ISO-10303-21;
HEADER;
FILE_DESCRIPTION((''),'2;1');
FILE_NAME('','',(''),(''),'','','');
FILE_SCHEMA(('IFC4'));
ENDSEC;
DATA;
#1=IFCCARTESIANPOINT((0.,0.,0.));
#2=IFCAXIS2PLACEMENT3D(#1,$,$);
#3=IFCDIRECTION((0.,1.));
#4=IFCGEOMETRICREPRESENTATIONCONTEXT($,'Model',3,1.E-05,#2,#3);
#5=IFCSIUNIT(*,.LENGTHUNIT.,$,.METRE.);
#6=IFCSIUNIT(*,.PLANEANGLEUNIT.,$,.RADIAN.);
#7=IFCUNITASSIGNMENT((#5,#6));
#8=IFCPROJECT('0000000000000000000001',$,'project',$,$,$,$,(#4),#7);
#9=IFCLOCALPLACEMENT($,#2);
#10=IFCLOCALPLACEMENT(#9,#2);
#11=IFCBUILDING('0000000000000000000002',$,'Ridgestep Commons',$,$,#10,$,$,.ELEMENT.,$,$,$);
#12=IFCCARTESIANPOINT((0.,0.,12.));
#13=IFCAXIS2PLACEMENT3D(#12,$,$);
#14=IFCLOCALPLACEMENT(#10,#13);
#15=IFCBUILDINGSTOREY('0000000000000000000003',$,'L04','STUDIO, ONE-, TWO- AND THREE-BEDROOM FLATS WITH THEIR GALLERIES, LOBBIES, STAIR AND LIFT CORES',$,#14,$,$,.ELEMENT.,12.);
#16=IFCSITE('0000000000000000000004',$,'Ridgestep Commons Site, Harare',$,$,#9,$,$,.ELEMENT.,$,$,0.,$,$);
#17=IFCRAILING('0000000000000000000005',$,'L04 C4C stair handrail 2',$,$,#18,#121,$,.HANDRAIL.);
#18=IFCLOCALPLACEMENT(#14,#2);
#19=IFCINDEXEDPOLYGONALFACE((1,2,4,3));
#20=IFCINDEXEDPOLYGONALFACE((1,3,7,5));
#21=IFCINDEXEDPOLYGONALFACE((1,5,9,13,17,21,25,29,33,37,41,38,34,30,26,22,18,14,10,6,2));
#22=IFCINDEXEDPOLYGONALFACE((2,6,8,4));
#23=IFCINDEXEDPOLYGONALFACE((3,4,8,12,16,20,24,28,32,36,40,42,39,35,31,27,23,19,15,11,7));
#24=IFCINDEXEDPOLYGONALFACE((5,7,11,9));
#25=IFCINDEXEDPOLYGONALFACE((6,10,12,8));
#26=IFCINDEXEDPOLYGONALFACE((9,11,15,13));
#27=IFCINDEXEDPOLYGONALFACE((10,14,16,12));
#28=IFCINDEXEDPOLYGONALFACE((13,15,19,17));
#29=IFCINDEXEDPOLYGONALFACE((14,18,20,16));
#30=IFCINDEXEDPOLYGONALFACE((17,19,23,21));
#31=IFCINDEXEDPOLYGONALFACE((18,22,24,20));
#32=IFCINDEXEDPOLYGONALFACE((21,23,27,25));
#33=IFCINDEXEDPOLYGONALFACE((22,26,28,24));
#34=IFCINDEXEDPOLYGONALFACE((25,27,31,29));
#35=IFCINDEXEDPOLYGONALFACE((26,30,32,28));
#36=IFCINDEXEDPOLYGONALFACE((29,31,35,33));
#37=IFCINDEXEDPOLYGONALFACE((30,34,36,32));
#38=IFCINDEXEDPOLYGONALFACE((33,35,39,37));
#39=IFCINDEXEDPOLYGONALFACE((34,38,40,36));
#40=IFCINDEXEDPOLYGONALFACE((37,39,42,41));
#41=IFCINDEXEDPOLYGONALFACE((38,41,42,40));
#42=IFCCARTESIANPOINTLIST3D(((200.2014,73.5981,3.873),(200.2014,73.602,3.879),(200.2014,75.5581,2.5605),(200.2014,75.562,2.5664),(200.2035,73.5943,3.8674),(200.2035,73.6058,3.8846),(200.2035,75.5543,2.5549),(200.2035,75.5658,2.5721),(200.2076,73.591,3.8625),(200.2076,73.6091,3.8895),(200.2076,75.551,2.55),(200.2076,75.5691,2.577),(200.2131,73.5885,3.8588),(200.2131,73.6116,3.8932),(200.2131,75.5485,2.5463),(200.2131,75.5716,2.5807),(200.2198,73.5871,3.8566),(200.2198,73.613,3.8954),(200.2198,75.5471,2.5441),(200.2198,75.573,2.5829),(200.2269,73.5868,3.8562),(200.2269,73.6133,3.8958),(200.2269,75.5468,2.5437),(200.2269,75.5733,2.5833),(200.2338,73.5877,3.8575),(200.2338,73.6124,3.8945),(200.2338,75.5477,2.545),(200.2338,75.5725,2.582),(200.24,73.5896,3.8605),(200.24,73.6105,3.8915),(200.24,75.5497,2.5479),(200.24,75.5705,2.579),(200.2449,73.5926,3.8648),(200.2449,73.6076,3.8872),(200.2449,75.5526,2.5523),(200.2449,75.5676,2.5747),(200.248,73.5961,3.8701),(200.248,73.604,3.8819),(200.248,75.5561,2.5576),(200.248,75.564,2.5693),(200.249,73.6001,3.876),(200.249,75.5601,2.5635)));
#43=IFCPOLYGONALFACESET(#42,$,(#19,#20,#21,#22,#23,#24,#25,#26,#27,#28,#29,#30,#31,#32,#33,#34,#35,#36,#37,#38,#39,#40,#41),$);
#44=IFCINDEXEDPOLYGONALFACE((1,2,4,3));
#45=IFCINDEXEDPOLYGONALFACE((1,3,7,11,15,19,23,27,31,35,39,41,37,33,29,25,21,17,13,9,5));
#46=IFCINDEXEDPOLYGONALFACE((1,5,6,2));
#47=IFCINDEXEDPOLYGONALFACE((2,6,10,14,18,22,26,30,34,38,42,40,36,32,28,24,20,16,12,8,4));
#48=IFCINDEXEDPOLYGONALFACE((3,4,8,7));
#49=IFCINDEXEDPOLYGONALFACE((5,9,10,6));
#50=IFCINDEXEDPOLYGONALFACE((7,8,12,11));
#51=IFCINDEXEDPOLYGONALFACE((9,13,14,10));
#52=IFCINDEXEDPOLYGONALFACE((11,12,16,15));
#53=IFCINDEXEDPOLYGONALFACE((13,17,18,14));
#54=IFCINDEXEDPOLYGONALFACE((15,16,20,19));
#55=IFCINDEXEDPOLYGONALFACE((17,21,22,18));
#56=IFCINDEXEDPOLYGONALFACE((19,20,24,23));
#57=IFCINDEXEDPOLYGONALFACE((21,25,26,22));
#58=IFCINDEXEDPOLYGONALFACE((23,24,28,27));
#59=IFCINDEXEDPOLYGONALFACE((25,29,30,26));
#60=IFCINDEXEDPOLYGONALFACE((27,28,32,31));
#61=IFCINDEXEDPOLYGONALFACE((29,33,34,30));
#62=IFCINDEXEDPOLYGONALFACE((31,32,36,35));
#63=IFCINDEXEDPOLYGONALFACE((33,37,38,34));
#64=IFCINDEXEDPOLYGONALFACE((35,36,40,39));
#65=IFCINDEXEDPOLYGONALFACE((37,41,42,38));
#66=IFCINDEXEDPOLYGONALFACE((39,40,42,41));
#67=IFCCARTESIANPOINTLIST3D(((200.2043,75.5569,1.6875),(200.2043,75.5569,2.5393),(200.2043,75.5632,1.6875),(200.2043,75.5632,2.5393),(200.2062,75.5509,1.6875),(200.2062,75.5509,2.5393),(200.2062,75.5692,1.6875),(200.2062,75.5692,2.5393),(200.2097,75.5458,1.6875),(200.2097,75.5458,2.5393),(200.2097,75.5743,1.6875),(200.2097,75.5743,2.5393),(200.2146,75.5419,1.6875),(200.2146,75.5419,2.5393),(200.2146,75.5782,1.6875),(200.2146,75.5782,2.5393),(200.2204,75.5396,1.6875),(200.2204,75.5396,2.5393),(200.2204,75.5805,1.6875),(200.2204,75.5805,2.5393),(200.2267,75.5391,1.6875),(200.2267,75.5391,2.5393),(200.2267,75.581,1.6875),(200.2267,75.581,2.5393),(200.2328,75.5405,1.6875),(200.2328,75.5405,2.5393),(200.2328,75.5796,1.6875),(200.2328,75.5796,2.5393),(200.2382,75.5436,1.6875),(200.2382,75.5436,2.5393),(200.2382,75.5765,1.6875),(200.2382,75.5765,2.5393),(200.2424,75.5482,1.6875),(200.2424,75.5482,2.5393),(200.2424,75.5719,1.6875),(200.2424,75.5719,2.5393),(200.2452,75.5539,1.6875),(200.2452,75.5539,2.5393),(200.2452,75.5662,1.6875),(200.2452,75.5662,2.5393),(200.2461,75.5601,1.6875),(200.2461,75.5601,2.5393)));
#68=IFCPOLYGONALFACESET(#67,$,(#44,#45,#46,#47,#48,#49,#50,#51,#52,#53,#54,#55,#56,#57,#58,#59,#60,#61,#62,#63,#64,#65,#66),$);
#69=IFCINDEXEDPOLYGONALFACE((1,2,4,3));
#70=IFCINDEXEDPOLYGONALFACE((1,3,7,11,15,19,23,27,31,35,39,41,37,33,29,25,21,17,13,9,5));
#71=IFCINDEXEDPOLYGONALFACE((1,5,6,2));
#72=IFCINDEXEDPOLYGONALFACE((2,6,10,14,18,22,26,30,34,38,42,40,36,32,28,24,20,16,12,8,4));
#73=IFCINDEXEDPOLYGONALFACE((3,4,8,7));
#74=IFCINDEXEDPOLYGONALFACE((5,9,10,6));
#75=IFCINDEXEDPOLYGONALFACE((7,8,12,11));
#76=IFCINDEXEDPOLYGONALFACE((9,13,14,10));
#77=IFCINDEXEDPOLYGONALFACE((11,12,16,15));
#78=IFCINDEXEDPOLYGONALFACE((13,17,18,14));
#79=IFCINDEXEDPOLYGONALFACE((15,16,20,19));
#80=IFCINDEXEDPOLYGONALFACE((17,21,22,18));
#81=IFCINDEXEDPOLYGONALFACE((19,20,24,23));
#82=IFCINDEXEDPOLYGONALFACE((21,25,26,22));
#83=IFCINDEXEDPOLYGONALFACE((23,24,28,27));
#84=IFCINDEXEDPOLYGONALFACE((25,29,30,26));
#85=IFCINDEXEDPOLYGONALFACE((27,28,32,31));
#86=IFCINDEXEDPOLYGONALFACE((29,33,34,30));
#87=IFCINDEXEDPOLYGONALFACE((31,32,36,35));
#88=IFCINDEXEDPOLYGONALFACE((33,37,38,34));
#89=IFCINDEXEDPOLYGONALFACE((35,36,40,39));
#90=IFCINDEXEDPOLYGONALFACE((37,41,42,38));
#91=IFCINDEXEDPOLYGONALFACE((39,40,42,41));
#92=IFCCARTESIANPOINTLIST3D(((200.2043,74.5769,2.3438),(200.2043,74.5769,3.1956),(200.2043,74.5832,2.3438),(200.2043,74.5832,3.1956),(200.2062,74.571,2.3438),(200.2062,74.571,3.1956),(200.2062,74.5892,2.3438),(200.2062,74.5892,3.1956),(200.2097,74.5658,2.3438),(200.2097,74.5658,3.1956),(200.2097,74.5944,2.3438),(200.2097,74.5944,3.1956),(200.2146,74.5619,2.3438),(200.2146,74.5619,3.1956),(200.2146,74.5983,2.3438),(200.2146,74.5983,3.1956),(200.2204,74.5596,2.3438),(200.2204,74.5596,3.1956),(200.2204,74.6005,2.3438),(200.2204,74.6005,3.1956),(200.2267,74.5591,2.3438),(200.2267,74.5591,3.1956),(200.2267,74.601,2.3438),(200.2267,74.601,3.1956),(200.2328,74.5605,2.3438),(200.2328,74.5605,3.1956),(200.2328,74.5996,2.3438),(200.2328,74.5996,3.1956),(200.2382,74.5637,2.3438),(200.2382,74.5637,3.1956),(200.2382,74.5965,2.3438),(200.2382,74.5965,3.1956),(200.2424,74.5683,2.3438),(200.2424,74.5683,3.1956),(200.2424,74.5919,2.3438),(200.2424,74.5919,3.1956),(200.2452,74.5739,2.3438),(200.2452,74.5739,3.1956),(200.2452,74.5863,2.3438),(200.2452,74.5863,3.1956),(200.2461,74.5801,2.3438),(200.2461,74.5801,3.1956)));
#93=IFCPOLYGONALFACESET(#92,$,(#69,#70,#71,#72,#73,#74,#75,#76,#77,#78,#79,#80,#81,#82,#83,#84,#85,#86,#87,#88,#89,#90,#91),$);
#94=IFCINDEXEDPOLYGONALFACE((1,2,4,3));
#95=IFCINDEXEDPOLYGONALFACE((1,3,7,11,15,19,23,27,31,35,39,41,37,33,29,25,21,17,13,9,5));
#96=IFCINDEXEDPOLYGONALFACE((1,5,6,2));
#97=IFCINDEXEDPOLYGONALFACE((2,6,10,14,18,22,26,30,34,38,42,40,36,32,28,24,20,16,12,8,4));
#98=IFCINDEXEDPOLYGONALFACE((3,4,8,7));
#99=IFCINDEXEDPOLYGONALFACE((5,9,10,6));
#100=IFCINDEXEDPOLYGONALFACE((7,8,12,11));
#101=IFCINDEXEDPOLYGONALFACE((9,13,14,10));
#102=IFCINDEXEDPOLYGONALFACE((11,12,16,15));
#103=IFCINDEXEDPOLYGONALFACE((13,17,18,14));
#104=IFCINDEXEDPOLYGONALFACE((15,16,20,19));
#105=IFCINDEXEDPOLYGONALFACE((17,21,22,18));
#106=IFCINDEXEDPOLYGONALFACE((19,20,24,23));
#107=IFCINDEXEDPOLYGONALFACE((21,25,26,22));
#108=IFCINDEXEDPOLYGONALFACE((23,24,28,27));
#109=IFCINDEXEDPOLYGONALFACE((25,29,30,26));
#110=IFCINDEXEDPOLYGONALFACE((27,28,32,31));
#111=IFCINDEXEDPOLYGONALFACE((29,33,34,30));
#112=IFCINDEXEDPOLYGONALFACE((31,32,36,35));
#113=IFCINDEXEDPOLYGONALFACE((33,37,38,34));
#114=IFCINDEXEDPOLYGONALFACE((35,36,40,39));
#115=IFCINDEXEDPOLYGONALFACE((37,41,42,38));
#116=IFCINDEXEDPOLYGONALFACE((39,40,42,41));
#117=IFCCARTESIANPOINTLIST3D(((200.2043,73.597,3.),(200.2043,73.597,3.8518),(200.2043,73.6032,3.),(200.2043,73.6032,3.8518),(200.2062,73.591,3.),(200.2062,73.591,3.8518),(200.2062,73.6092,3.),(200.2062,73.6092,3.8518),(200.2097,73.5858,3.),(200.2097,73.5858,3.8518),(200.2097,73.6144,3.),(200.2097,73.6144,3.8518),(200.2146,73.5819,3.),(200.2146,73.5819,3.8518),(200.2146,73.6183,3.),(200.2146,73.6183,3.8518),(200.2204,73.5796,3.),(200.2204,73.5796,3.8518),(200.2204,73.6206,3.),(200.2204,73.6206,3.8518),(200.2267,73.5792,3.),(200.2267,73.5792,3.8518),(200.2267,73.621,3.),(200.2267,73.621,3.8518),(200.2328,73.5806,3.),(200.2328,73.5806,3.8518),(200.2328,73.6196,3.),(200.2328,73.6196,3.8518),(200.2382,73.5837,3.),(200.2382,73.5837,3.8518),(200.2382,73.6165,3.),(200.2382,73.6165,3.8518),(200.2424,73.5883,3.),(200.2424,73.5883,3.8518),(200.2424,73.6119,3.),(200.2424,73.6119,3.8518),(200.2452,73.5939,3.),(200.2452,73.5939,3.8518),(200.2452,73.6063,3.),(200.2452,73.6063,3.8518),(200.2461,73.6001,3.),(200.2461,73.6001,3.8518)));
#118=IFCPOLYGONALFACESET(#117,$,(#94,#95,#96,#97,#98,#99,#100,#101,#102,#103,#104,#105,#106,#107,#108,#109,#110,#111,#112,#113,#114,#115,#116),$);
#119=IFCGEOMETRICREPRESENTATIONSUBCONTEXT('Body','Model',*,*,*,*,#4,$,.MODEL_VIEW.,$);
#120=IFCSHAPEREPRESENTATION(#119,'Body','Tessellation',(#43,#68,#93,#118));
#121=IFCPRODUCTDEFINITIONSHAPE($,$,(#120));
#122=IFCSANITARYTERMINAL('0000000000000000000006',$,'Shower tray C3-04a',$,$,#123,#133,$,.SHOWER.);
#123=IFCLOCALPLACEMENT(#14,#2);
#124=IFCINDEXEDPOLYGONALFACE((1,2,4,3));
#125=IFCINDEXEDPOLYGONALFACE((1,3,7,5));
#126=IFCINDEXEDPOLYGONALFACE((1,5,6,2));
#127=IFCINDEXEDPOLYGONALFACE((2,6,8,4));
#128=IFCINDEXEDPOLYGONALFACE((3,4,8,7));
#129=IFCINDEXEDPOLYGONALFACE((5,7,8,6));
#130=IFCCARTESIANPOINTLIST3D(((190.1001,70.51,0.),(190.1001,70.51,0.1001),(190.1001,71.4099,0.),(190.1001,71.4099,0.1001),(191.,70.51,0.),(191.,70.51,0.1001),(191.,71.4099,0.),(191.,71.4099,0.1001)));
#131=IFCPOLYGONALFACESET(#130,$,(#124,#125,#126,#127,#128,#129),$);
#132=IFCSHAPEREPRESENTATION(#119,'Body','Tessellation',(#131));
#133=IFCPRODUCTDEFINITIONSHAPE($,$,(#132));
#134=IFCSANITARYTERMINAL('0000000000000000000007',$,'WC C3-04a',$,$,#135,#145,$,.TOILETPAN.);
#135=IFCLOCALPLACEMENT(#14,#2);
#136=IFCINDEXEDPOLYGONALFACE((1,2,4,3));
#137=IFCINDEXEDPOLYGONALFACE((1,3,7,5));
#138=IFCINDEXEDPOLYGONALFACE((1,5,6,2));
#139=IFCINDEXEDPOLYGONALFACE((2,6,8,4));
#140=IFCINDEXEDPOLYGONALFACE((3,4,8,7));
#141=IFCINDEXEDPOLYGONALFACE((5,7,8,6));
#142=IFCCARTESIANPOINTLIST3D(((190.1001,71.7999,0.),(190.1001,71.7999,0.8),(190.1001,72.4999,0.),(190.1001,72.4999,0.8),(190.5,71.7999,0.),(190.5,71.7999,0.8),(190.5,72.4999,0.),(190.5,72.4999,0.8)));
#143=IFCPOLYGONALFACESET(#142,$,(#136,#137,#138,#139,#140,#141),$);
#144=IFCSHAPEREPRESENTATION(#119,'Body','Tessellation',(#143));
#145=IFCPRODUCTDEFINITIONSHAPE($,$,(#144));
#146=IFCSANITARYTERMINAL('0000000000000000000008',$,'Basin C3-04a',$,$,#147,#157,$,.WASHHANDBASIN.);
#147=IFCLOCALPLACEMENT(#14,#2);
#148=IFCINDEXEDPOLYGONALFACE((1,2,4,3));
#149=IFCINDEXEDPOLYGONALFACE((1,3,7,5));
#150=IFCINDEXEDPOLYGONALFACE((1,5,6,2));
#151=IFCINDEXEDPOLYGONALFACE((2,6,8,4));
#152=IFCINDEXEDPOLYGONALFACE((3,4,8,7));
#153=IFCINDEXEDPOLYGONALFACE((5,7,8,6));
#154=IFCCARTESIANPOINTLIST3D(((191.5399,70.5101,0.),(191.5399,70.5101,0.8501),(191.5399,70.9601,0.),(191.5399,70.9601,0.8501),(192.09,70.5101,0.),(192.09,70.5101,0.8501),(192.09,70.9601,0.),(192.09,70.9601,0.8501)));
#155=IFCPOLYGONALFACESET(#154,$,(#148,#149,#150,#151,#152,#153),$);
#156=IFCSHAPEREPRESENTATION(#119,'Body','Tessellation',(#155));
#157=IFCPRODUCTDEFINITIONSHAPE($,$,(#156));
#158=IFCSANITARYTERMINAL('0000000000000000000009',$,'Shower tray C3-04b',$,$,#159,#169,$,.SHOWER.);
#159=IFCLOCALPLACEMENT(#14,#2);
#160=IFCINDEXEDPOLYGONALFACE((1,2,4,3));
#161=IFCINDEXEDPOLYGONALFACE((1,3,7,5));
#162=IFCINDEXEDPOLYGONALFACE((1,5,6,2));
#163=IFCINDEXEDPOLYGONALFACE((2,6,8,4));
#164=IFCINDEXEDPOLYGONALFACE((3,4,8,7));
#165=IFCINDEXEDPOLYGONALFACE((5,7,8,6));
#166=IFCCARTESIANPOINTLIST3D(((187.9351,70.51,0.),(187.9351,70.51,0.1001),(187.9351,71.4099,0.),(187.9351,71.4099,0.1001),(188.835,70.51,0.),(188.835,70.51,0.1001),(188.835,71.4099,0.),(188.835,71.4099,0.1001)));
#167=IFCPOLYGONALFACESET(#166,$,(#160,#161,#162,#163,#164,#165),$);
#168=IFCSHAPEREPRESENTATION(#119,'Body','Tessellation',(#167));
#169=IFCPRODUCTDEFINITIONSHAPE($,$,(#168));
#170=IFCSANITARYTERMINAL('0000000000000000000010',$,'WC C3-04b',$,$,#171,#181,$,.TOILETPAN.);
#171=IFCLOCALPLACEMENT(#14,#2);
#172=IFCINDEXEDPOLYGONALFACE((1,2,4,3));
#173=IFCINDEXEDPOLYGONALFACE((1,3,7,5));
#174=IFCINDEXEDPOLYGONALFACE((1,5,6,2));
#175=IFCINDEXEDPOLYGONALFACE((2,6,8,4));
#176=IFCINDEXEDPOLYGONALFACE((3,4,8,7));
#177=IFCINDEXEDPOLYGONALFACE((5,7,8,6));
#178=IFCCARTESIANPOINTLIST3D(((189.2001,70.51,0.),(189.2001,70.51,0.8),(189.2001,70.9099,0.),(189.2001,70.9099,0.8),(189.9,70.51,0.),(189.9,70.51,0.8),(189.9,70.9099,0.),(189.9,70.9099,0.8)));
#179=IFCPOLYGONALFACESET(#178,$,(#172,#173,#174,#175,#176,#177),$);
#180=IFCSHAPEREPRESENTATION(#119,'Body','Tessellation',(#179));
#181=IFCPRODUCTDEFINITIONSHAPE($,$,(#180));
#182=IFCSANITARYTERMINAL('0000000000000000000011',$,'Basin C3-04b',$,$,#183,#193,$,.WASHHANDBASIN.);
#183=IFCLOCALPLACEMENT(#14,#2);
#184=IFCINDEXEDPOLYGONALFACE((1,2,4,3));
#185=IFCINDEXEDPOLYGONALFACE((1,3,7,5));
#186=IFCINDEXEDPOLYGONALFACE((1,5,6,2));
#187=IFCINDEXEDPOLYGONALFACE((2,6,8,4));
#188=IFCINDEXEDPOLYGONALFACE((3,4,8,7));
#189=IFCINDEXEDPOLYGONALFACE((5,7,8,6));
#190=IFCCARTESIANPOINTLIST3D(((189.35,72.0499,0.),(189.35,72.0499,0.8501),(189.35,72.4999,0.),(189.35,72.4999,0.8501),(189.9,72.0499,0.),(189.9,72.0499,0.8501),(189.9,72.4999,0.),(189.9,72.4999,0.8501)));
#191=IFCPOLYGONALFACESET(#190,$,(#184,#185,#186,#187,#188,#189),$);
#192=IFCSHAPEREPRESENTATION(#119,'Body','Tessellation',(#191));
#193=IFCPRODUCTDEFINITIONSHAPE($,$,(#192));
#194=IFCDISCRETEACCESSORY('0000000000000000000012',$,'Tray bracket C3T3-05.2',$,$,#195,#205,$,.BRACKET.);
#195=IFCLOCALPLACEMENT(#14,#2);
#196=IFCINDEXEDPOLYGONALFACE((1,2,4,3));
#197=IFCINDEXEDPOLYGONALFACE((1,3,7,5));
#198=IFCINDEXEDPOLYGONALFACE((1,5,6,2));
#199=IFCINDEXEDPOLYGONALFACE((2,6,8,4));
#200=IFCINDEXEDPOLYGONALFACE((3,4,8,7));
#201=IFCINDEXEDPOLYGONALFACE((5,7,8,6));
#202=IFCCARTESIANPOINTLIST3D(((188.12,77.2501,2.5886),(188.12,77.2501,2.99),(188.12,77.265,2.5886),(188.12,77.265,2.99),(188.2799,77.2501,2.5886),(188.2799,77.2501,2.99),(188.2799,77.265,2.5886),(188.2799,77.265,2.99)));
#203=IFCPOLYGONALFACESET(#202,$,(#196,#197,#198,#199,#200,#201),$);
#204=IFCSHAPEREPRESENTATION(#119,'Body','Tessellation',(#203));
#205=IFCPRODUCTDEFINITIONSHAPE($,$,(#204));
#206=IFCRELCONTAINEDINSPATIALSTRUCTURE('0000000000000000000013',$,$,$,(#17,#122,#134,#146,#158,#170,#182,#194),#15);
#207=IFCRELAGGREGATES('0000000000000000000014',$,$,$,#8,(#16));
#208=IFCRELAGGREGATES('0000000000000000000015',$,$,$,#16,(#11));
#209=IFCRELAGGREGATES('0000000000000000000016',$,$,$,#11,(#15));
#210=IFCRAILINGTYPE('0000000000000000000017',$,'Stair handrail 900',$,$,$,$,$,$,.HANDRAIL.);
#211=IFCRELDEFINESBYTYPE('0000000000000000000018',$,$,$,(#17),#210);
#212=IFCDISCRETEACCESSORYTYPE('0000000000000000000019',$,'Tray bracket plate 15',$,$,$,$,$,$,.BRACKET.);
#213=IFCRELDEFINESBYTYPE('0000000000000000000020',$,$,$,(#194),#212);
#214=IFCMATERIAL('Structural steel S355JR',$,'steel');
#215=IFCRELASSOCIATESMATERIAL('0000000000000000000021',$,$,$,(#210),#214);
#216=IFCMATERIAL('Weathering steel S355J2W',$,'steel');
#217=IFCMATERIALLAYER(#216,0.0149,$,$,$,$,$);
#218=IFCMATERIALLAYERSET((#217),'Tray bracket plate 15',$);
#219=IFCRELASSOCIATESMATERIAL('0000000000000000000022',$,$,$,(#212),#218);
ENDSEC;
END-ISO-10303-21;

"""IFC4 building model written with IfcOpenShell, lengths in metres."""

from ifc_helpers import new_model, si_unit, direction, frame, origin, origin_2d, place, context, subcontext, project, spatial, rectangle, circle, extrude, material, layer, layer_set, type_object, element, save


model = new_model("IFC4")

# Units and contexts
model_context = context("Model", 3, precision=1e-05, world=origin(), true_north=direction((0.0, 1.0)))
body_context = subcontext(model_context, "Body", "Model", "MODEL_VIEW")
ifc_project = project(units=[si_unit("LENGTHUNIT", "METRE"), si_unit("PLANEANGLEUNIT", "RADIAN")], contexts=[model_context])

# Site, building, storey
site_placement = place(None, origin())
site = spatial("IfcSite", under=ifc_project, at=site_placement, Name="Ridgestep Commons Site, Harare", CompositionType="ELEMENT", RefElevation=0.0)
building_placement = place(site_placement, origin())
building = spatial("IfcBuilding", under=site, at=building_placement, Name="Ridgestep Commons", CompositionType="ELEMENT")
storey_placement = place(building_placement, frame((0.0, 0.0, 12.0)))
storey = spatial("IfcBuildingStorey", under=building, at=storey_placement, Name="L04", Description="STUDIO, ONE-, TWO- AND THREE-BEDROOM FLATS WITH THEIR GALLERIES, LOBBIES, STAIR AND LIFT CORES", CompositionType="ELEMENT", Elevation=12.0)

# Railing
ifc_material_1 = material(Name="Structural steel S355JR", Category="steel")
railing_type_1 = type_object("IfcRailingType", Name="Stair handrail 900", PredefinedType="HANDRAIL", material=ifc_material_1)
railing_1_placement = place(storey_placement, frame((200.2251, 75.5601, 1.6875)))
element("IfcRailing", 1, at=railing_1_placement, inside=storey, type_object=railing_type_1, Name="L04 C4C stair handrail 2", PredefinedType="HANDRAIL", context=body_context, shape_type="SweptSolid", body=[
    extrude(circle(Radius=0.0239, at=origin_2d()), frame((0.0, 0.0, 0.876), z_axis=(0.0, -0.830902, 0.556419), x_axis=(1.0, 0.0, 0.0)), (0.0, 0.0, 1.0), 2.3589),
    extrude(circle(Radius=0.021, at=origin_2d()), origin(), (0.0, 0.0, 1.0), 0.8518),
    extrude(circle(Radius=0.021, at=origin_2d()), frame((0.0, -0.98, 0.6562)), (0.0, 0.0, 1.0), 0.8518),
    extrude(circle(Radius=0.021, at=origin_2d()), frame((0.0, -1.96, 1.3125)), (0.0, 0.0, 1.0), 0.8518),
])

# Sanitary terminals
sanitary_terminal_1_placement = place(storey_placement, frame((190.55, 70.96, 0.0), z_axis=(0.0, 0.0, 1.0), x_axis=(1.0, 0.0, 0.0)))
element("IfcSanitaryTerminal", 2, at=sanitary_terminal_1_placement, inside=storey, Name="Shower tray C3-04a", PredefinedType="SHOWER", context=body_context, shape_type="SweptSolid", body=[
    extrude(rectangle(XDim=0.8999, YDim=0.8999, at=origin_2d()), origin(), (0.0, 0.0, 1.0), 0.1001),
])
sanitary_terminal_2_placement = place(storey_placement, frame((190.3, 72.1499, 0.0), z_axis=(0.0, 0.0, 1.0), x_axis=(1.0, 0.0, 0.0)))
element("IfcSanitaryTerminal", 3, at=sanitary_terminal_2_placement, inside=storey, Name="WC C3-04a", PredefinedType="TOILETPAN", context=body_context, shape_type="SweptSolid", body=[
    extrude(rectangle(XDim=0.3999, YDim=0.7, at=origin_2d()), origin(), (0.0, 0.0, 1.0), 0.8),
])
sanitary_terminal_3_placement = place(storey_placement, frame((191.8149, 70.7351, 0.0), z_axis=(0.0, 0.0, 1.0), x_axis=(1.0, 0.0, 0.0)))
element("IfcSanitaryTerminal", 4, at=sanitary_terminal_3_placement, inside=storey, Name="Basin C3-04a", PredefinedType="WASHHANDBASIN", context=body_context, shape_type="SweptSolid", body=[
    extrude(rectangle(XDim=0.55, YDim=0.45, at=origin_2d()), origin(), (0.0, 0.0, 1.0), 0.8501),
])
sanitary_terminal_4_placement = place(storey_placement, frame((188.385, 70.96, 0.0), z_axis=(0.0, 0.0, 1.0), x_axis=(1.0, 0.0, 0.0)))
element("IfcSanitaryTerminal", 5, at=sanitary_terminal_4_placement, inside=storey, Name="Shower tray C3-04b", PredefinedType="SHOWER", context=body_context, shape_type="SweptSolid", body=[
    extrude(rectangle(XDim=0.8999, YDim=0.8999, at=origin_2d()), origin(), (0.0, 0.0, 1.0), 0.1001),
])
sanitary_terminal_5_placement = place(storey_placement, frame((189.55, 70.71, 0.0), z_axis=(0.0, 0.0, 1.0), x_axis=(1.0, 0.0, 0.0)))
element("IfcSanitaryTerminal", 6, at=sanitary_terminal_5_placement, inside=storey, Name="WC C3-04b", PredefinedType="TOILETPAN", context=body_context, shape_type="SweptSolid", body=[
    extrude(rectangle(XDim=0.7, YDim=0.3999, at=origin_2d()), origin(), (0.0, 0.0, 1.0), 0.8),
])
sanitary_terminal_6_placement = place(storey_placement, frame((189.625, 72.2749, 0.0), z_axis=(0.0, 0.0, 1.0), x_axis=(1.0, 0.0, 0.0)))
element("IfcSanitaryTerminal", 7, at=sanitary_terminal_6_placement, inside=storey, Name="Basin C3-04b", PredefinedType="WASHHANDBASIN", context=body_context, shape_type="SweptSolid", body=[
    extrude(rectangle(XDim=0.55, YDim=0.45, at=origin_2d()), origin(), (0.0, 0.0, 1.0), 0.8501),
])

# Discrete accessory
ifc_material_2 = material(Name="Weathering steel S355J2W", Category="steel")
ifc_layer_1 = layer(ifc_material_2, 0.0149)
ifc_layer_set_1 = layer_set([ifc_layer_1], Name="Tray bracket plate 15")
discrete_accessory_type_1 = type_object("IfcDiscreteAccessoryType", Name="Tray bracket plate 15", PredefinedType="BRACKET", material=ifc_layer_set_1)
for number, where, z_axis, x_axis, name in (
    (8, (188.2, 77.2576, 2.5886), (0.0, 0.0, 1.0), (1.0, 0.0, 0.0), "Tray bracket C3T3-05.2"),
):
    element("IfcDiscreteAccessory", number, at=place(storey_placement, frame(where, z_axis=z_axis, x_axis=x_axis)), inside=storey, type_object=discrete_accessory_type_1, Name=name, PredefinedType="BRACKET", context=body_context, shape_type="SweptSolid", body=[
        extrude(rectangle(XDim=0.1599, YDim=0.0149, at=origin_2d()), origin(), (0.0, 0.0, 1.0), 0.4014),
    ])

save(model, "model.ifc")
